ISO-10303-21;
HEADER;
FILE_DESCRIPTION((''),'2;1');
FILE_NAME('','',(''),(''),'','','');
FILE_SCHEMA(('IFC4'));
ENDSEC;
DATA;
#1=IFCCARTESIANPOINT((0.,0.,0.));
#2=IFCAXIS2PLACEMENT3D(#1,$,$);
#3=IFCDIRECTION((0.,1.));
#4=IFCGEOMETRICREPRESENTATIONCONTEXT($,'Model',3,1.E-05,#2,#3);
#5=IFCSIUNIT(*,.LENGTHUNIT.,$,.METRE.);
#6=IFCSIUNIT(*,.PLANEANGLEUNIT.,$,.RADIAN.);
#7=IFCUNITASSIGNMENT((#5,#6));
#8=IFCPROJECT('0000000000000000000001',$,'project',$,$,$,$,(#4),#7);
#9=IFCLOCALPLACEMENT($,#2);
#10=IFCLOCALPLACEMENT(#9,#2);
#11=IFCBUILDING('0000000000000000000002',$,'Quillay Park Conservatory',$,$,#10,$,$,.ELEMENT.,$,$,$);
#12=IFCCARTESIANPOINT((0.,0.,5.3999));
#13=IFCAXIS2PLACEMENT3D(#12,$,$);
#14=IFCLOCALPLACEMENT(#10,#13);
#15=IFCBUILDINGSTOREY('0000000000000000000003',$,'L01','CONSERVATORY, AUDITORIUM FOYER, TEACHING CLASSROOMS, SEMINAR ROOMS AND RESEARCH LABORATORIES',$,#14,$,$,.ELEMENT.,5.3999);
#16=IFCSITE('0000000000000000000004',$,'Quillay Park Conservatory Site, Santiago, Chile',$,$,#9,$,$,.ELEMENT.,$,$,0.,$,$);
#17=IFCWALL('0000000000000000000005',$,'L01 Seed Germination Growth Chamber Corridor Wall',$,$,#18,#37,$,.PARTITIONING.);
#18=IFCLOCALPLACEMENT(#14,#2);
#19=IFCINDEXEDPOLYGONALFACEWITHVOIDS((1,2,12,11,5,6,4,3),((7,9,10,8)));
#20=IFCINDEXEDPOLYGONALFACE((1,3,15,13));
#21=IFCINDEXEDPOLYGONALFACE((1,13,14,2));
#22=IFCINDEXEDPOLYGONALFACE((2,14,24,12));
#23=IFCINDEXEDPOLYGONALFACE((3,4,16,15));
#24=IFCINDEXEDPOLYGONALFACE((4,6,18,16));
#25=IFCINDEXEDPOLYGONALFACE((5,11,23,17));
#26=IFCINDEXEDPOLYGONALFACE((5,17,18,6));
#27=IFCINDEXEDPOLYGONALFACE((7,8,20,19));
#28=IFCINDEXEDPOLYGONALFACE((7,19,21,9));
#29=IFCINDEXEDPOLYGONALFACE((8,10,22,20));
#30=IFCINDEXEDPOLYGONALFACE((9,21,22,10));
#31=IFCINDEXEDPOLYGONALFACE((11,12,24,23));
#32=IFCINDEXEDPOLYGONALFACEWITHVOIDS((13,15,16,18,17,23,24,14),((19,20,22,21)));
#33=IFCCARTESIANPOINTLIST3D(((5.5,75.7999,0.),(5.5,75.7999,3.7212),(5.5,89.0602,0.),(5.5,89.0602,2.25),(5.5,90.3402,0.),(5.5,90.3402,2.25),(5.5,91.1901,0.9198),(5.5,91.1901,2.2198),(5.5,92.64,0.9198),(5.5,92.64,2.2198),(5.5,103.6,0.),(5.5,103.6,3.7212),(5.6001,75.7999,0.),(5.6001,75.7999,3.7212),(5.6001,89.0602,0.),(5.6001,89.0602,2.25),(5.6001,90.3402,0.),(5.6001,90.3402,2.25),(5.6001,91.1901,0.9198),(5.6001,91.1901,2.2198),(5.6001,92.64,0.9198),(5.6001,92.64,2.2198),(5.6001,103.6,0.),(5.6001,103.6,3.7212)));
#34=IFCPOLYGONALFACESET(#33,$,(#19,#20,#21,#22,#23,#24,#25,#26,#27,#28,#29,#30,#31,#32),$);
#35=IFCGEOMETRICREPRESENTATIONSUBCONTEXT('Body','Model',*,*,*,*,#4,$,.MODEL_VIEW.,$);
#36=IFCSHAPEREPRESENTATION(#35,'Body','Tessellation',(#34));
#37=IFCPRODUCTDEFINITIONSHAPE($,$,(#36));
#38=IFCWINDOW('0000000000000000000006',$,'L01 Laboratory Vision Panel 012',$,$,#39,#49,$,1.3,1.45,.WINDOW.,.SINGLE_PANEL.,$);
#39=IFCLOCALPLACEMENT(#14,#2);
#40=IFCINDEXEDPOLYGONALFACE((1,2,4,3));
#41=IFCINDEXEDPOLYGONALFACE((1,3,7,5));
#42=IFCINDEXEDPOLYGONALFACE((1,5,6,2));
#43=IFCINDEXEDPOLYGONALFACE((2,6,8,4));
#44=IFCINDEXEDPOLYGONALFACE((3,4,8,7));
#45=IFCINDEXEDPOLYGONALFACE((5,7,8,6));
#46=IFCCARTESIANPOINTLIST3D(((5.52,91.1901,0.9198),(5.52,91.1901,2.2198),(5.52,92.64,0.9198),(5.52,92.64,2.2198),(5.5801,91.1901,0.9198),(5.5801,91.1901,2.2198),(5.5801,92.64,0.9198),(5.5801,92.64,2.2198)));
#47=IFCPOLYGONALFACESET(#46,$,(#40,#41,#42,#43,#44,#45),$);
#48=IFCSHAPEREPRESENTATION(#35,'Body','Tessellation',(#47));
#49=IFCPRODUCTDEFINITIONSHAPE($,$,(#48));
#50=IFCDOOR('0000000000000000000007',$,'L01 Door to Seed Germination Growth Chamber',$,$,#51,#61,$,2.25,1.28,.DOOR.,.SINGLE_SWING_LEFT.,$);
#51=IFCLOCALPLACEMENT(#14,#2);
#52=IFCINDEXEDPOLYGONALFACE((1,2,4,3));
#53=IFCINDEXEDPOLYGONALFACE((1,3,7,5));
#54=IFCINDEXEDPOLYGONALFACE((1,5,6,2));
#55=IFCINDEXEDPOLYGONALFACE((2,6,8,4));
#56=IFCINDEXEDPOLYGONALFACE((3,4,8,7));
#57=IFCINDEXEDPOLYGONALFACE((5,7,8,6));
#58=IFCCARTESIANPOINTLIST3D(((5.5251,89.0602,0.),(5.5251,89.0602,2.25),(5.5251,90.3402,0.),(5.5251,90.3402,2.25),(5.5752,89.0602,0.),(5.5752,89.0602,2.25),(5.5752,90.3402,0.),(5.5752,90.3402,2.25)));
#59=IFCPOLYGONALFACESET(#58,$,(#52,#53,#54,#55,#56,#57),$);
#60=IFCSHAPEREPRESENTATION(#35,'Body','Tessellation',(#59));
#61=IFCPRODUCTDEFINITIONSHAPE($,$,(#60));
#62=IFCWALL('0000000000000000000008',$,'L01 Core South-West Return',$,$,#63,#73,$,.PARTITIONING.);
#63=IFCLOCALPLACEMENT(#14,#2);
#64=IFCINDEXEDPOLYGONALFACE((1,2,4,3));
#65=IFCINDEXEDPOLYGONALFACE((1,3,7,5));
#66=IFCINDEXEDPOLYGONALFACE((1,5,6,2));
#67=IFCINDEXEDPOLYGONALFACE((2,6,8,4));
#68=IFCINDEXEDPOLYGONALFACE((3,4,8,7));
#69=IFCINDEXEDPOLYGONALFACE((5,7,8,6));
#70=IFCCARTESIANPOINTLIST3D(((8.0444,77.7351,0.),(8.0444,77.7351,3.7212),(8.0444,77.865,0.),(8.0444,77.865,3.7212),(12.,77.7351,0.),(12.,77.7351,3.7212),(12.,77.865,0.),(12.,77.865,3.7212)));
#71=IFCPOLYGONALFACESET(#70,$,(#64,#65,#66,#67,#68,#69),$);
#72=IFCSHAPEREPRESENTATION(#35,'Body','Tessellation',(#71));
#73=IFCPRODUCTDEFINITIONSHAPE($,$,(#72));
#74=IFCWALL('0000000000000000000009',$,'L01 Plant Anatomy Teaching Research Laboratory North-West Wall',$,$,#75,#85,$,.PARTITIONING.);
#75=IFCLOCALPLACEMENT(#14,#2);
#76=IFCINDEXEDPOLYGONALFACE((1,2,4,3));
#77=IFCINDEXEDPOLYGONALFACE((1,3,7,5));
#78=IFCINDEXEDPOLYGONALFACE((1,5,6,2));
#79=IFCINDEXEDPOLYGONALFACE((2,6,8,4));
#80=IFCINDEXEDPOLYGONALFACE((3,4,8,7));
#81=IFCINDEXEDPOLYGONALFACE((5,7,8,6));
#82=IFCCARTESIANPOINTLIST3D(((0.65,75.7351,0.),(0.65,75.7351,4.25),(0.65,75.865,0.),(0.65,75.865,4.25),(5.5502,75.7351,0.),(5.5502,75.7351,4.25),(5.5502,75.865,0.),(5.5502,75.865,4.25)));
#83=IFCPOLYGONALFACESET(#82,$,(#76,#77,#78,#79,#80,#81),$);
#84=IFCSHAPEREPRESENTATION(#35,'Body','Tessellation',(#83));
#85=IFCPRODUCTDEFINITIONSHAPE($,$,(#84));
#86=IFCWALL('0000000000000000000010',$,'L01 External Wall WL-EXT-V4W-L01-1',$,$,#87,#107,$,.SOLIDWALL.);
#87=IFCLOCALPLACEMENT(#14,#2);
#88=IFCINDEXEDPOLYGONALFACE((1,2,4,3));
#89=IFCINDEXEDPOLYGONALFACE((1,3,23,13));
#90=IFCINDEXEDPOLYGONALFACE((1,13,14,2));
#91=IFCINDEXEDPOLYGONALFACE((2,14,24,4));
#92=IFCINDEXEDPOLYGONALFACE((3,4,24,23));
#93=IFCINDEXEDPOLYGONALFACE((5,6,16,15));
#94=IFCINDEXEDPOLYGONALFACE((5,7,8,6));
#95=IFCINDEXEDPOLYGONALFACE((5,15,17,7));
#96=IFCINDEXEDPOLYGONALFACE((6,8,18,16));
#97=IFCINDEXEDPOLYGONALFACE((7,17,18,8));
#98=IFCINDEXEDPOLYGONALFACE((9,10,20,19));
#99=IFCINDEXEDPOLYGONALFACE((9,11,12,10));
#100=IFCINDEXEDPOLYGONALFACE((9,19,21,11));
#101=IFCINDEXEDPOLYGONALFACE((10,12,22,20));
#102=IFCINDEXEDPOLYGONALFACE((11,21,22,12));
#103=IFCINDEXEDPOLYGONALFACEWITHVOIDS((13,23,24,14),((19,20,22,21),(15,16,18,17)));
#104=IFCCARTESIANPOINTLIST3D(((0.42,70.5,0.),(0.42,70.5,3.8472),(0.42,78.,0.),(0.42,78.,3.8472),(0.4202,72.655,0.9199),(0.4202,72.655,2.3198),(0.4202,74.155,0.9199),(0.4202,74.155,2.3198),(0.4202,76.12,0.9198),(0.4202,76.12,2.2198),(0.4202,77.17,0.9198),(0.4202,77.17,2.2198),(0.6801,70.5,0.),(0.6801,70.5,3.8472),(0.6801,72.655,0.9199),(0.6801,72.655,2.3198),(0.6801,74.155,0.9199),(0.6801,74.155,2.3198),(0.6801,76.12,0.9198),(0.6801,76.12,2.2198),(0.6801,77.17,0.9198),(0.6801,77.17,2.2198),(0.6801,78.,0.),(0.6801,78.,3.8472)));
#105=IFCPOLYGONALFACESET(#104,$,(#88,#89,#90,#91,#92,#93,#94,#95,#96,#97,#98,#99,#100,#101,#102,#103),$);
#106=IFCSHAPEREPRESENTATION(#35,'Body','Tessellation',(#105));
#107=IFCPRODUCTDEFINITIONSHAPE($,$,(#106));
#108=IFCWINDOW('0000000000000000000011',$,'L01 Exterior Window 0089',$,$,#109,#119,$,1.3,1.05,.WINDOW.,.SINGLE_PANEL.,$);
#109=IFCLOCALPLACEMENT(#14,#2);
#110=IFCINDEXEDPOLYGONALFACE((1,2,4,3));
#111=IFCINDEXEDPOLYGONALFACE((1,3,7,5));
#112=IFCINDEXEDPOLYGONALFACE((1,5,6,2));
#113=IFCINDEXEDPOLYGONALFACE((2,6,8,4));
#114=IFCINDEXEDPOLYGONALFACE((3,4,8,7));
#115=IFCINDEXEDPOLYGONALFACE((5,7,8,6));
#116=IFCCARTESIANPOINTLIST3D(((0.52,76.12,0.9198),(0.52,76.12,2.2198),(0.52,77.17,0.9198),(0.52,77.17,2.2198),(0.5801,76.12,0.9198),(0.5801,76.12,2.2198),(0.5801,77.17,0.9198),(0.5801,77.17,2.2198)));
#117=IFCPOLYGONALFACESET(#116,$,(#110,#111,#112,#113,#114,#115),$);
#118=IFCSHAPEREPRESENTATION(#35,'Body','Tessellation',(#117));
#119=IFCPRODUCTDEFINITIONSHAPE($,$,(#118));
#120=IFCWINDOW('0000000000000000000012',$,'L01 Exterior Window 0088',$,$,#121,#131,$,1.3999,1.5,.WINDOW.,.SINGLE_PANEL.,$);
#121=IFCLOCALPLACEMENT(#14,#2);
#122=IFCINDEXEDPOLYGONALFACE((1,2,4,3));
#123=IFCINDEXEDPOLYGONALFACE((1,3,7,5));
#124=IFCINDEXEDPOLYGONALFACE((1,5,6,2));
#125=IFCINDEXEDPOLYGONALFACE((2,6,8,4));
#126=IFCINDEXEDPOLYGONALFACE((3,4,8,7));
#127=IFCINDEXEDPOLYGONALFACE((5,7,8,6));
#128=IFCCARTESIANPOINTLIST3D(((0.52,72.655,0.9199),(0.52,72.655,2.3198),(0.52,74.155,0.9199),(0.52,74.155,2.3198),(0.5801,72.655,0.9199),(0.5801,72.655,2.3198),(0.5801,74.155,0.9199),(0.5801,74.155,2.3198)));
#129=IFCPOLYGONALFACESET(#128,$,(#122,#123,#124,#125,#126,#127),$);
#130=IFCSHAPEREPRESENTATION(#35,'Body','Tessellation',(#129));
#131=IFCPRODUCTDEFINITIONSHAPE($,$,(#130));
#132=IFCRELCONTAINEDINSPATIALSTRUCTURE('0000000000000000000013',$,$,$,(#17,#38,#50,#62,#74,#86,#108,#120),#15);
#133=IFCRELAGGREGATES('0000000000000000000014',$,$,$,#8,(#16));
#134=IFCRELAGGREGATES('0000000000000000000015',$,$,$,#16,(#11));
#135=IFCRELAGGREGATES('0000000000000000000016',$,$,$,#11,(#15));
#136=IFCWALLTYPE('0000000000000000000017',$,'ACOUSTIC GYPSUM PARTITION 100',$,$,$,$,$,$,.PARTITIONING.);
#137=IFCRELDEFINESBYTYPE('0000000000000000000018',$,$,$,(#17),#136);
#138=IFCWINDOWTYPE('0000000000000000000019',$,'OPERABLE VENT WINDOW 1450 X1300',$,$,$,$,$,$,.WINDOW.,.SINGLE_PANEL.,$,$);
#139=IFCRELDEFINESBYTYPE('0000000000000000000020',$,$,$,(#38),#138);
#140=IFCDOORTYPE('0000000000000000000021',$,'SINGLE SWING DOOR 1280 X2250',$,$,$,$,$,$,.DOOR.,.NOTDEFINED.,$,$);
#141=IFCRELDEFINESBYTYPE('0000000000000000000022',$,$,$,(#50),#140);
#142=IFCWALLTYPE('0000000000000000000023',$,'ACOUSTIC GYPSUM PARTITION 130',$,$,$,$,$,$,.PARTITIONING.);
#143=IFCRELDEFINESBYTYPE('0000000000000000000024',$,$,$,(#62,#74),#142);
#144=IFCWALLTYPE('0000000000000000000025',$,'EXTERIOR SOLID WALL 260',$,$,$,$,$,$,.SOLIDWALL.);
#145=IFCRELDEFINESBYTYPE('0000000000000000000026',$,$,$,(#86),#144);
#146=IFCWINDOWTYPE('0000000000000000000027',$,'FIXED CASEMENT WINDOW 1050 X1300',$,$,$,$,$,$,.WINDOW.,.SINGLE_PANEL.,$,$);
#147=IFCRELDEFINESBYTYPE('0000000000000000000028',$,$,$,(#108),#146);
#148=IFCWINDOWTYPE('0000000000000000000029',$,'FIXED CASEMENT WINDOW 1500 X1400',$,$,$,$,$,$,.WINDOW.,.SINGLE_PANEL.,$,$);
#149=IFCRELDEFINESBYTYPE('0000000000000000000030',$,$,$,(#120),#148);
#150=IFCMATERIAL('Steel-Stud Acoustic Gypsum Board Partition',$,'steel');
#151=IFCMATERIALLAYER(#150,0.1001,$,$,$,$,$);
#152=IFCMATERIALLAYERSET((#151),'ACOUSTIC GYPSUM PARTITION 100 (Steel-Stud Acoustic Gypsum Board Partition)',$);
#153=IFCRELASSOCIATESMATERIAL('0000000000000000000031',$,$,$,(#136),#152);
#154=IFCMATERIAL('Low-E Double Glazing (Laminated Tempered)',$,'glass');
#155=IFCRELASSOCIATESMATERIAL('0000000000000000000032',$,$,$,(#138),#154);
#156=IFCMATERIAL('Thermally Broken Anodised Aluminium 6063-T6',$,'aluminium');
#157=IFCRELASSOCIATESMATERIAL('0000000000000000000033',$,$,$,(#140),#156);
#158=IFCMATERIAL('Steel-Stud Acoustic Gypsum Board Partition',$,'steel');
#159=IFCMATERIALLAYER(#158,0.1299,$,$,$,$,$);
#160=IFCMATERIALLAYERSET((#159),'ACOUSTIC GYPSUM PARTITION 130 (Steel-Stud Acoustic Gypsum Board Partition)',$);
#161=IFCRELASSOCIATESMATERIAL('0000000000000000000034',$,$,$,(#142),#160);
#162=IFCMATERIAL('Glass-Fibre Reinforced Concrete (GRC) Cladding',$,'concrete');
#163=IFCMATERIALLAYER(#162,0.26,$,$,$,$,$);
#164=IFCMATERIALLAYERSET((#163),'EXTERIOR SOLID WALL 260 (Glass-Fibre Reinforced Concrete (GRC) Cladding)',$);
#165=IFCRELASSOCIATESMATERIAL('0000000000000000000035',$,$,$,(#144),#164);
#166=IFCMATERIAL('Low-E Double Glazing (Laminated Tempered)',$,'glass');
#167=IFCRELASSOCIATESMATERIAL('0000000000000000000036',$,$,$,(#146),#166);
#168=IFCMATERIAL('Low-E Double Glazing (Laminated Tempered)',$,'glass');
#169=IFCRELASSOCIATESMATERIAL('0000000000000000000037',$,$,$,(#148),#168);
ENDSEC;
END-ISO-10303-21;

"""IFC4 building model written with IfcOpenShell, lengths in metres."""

from ifc_helpers import new_model, si_unit, direction, frame, frame_2d, origin, place, context, subcontext, project, spatial, rectangle, extrude, material, layer, layer_set, type_object, element, fill, save


model = new_model("IFC4")

# Units and contexts
model_context = context("Model", 3, precision=1e-05, world=origin(), true_north=direction((0.0, 1.0)))
body_context = subcontext(model_context, "Body", "Model", "MODEL_VIEW")
ifc_project = project(units=[si_unit("LENGTHUNIT", "METRE"), si_unit("PLANEANGLEUNIT", "RADIAN")], contexts=[model_context])

# Site, building, storey
site_placement = place(None, origin())
site = spatial("IfcSite", under=ifc_project, at=site_placement, Name="Quillay Park Conservatory Site, Santiago, Chile", CompositionType="ELEMENT", RefElevation=0.0)
building_placement = place(site_placement, origin())
building = spatial("IfcBuilding", under=site, at=building_placement, Name="Quillay Park Conservatory", CompositionType="ELEMENT")
storey_placement = place(building_placement, frame((0.0, 0.0, 5.3999)))
storey = spatial("IfcBuildingStorey", under=building, at=storey_placement, Name="L01", Description="CONSERVATORY, AUDITORIUM FOYER, TEACHING CLASSROOMS, SEMINAR ROOMS AND RESEARCH LABORATORIES", CompositionType="ELEMENT", Elevation=5.3999)

# Wall, openings, window, door
ifc_material_1 = material(Name="Steel-Stud Acoustic Gypsum Board Partition", Category="steel")
ifc_layer_1 = layer(ifc_material_1, 0.1001)
ifc_layer_set_1 = layer_set([ifc_layer_1], Name="ACOUSTIC GYPSUM PARTITION 100 (Steel-Stud Acoustic Gypsum Board Partition)")
wall_type_1 = type_object("IfcWallType", Name="ACOUSTIC GYPSUM PARTITION 100", PredefinedType="PARTITIONING", material=ifc_layer_set_1)
wall_1_placement = place(storey_placement, frame((5.55, 75.8, 0.0), z_axis=(0.0, 0.0, 1.0), x_axis=(0.0, 1.0, 0.0)))
wall_1 = element("IfcWall", 1, at=wall_1_placement, inside=storey, type_object=wall_type_1, Name="L01 Seed Germination Growth Chamber Corridor Wall", PredefinedType="PARTITIONING", context=body_context, shape_type="SweptSolid", body=[
    extrude(rectangle(XDim=27.8, YDim=0.1001, at=frame_2d((13.8999, 0.0))), origin(), (0.0, 0.0, 1.0), 3.7212),
])
opening_1_placement = place(wall_1_placement, frame((13.26, 0.0, 0.0)))
opening_1 = element("IfcOpeningElement", 2, at=opening_1_placement, cuts=wall_1, PredefinedType="OPENING", context=body_context, shape_type="SweptSolid", body=[
    extrude(rectangle(XDim=1.28, YDim=2.25, at=frame_2d((0.6401, 1.125))), frame((0.0, 0.05, 0.0), z_axis=(0.0, -1.0, 0.0), x_axis=(1.0, 0.0, 0.0)), (0.0, 0.0, 1.0), 0.1001),
])
opening_2_placement = place(wall_1_placement, frame((15.3899, 0.0, 0.9199)))
opening_2 = element("IfcOpeningElement", 3, at=opening_2_placement, cuts=wall_1, PredefinedType="OPENING", context=body_context, shape_type="SweptSolid", body=[
    extrude(rectangle(XDim=1.45, YDim=1.3, at=frame_2d((0.7251, 0.6499))), frame((0.0, 0.05, 0.0), z_axis=(0.0, -1.0, 0.0), x_axis=(1.0, 0.0, 0.0)), (0.0, 0.0, 1.0), 0.1001),
])
ifc_material_2 = material(Name="Low-E Double Glazing (Laminated Tempered)", Category="glass")
window_type_1 = type_object("IfcWindowType", Name="OPERABLE VENT WINDOW 1450 X1300", PartitioningType="SINGLE_PANEL", PredefinedType="WINDOW", material=ifc_material_2)
window_1_placement = place(opening_2_placement, origin())
window_1 = element("IfcWindow", 4, at=window_1_placement, inside=storey, type_object=window_type_1, Name="L01 Laboratory Vision Panel 012", OverallHeight=1.3, OverallWidth=1.45, PartitioningType="SINGLE_PANEL", PredefinedType="WINDOW", context=body_context, shape_type="SweptSolid", body=[
    extrude(rectangle(XDim=1.45, YDim=1.3, at=frame_2d((0.7251, 0.6499))), frame((0.0, 0.03, 0.0), z_axis=(0.0, -1.0, 0.0), x_axis=(1.0, 0.0, 0.0)), (0.0, 0.0, 1.0), 0.0601),
])
fill(opening_2, window_1)
ifc_material_3 = material(Name="Thermally Broken Anodised Aluminium 6063-T6", Category="aluminium")
door_type = type_object("IfcDoorType", Name="SINGLE SWING DOOR 1280 X2250", OperationType="NOTDEFINED", PredefinedType="DOOR", material=ifc_material_3)
door_placement = place(opening_1_placement, origin())
door = element("IfcDoor", 5, at=door_placement, inside=storey, type_object=door_type, Name="L01 Door to Seed Germination Growth Chamber", OperationType="SINGLE_SWING_LEFT", OverallHeight=2.25, OverallWidth=1.28, PredefinedType="DOOR", context=body_context, shape_type="SweptSolid", body=[
    extrude(rectangle(XDim=1.28, YDim=2.25, at=frame_2d((0.6401, 1.125))), frame((0.0, 0.0249, 0.0), z_axis=(0.0, -1.0, 0.0), x_axis=(1.0, 0.0, 0.0)), (0.0, 0.0, 1.0), 0.05),
])
fill(opening_1, door)

# Walls
ifc_material_4 = material(Name="Steel-Stud Acoustic Gypsum Board Partition", Category="steel")
ifc_layer_2 = layer(ifc_material_4, 0.1299)
ifc_layer_set_2 = layer_set([ifc_layer_2], Name="ACOUSTIC GYPSUM PARTITION 130 (Steel-Stud Acoustic Gypsum Board Partition)")
wall_type_2 = type_object("IfcWallType", Name="ACOUSTIC GYPSUM PARTITION 130", PredefinedType="PARTITIONING", material=ifc_layer_set_2)
wall_2_placement = place(storey_placement, frame((8.0444, 77.8, 0.0), z_axis=(0.0, 0.0, 1.0), x_axis=(1.0, 0.0, 0.0)))
element("IfcWall", 6, at=wall_2_placement, inside=storey, type_object=wall_type_2, Name="L01 Core South-West Return", PredefinedType="PARTITIONING", context=body_context, shape_type="SweptSolid", body=[
    extrude(rectangle(XDim=3.9556, YDim=0.1299, at=frame_2d((1.9778, 0.0))), origin(), (0.0, 0.0, 1.0), 3.7212),
])
wall_3_placement = place(storey_placement, frame((0.6499, 75.8, 0.0), z_axis=(0.0, 0.0, 1.0), x_axis=(1.0, 0.0, 0.0)))
element("IfcWall", 7, at=wall_3_placement, inside=storey, type_object=wall_type_2, Name="L01 Plant Anatomy Teaching Research Laboratory North-West Wall", PredefinedType="PARTITIONING", context=body_context, shape_type="SweptSolid", body=[
    extrude(rectangle(XDim=4.9001, YDim=0.1299, at=frame_2d((2.4502, 0.0))), origin(), (0.0, 0.0, 1.0), 4.25),
])

# Wall, openings, windows
ifc_material_5 = material(Name="Glass-Fibre Reinforced Concrete (GRC) Cladding", Category="concrete")
ifc_layer_3 = layer(ifc_material_5, 0.26)
ifc_layer_set_3 = layer_set([ifc_layer_3], Name="EXTERIOR SOLID WALL 260 (Glass-Fibre Reinforced Concrete (GRC) Cladding)")
wall_type_3 = type_object("IfcWallType", Name="EXTERIOR SOLID WALL 260", PredefinedType="SOLIDWALL", material=ifc_layer_set_3)
wall_4_placement = place(storey_placement, frame((0.55, 70.5, 0.0), z_axis=(0.0, 0.0, 1.0), x_axis=(0.0, 1.0, 0.0)))
wall_4 = element("IfcWall", 8, at=wall_4_placement, inside=storey, type_object=wall_type_3, Name="L01 External Wall WL-EXT-V4W-L01-1", PredefinedType="SOLIDWALL", context=body_context, shape_type="SweptSolid", body=[
    extrude(rectangle(XDim=7.5, YDim=0.26, at=frame_2d((3.75, 0.0))), origin(), (0.0, 0.0, 1.0), 3.8472),
])
opening_3_placement = place(wall_4_placement, frame((2.155, 0.0, 0.9199)))
opening_3 = element("IfcOpeningElement", 9, at=opening_3_placement, cuts=wall_4, PredefinedType="OPENING", context=body_context, shape_type="SweptSolid", body=[
    extrude(rectangle(XDim=1.5, YDim=1.3999, at=frame_2d((0.75, 0.7))), frame((0.0, 0.1299, 0.0), z_axis=(0.0, -1.0, 0.0), x_axis=(1.0, 0.0, 0.0)), (0.0, 0.0, 1.0), 0.26),
])
opening_4_placement = place(wall_4_placement, frame((5.6201, 0.0, 0.9199)))
opening_4 = element("IfcOpeningElement", 10, at=opening_4_placement, cuts=wall_4, PredefinedType="OPENING", context=body_context, shape_type="SweptSolid", body=[
    extrude(rectangle(XDim=1.05, YDim=1.3, at=frame_2d((0.5249, 0.6499))), frame((0.0, 0.1299, 0.0), z_axis=(0.0, -1.0, 0.0), x_axis=(1.0, 0.0, 0.0)), (0.0, 0.0, 1.0), 0.26),
])
ifc_material_6 = material(Name="Low-E Double Glazing (Laminated Tempered)", Category="glass")
window_type_2 = type_object("IfcWindowType", Name="FIXED CASEMENT WINDOW 1050 X1300", PartitioningType="SINGLE_PANEL", PredefinedType="WINDOW", material=ifc_material_6)
window_2_placement = place(opening_4_placement, origin())
window_2 = element("IfcWindow", 11, at=window_2_placement, inside=storey, type_object=window_type_2, Name="L01 Exterior Window 0089", OverallHeight=1.3, OverallWidth=1.05, PartitioningType="SINGLE_PANEL", PredefinedType="WINDOW", context=body_context, shape_type="SweptSolid", body=[
    extrude(rectangle(XDim=1.05, YDim=1.3, at=frame_2d((0.5249, 0.6499))), frame((0.0, 0.03, 0.0), z_axis=(0.0, -1.0, 0.0), x_axis=(1.0, 0.0, 0.0)), (0.0, 0.0, 1.0), 0.0601),
])
fill(opening_4, window_2)
ifc_material_7 = material(Name="Low-E Double Glazing (Laminated Tempered)", Category="glass")
window_type_3 = type_object("IfcWindowType", Name="FIXED CASEMENT WINDOW 1500 X1400", PartitioningType="SINGLE_PANEL", PredefinedType="WINDOW", material=ifc_material_7)
window_3_placement = place(opening_3_placement, origin())
window_3 = element("IfcWindow", 12, at=window_3_placement, inside=storey, type_object=window_type_3, Name="L01 Exterior Window 0088", OverallHeight=1.3999, OverallWidth=1.5, PartitioningType="SINGLE_PANEL", PredefinedType="WINDOW", context=body_context, shape_type="SweptSolid", body=[
    extrude(rectangle(XDim=1.5, YDim=1.3999, at=frame_2d((0.75, 0.7))), frame((0.0, 0.03, 0.0), z_axis=(0.0, -1.0, 0.0), x_axis=(1.0, 0.0, 0.0)), (0.0, 0.0, 1.0), 0.0601),
])
fill(opening_3, window_3)

save(model, "model.ifc")
